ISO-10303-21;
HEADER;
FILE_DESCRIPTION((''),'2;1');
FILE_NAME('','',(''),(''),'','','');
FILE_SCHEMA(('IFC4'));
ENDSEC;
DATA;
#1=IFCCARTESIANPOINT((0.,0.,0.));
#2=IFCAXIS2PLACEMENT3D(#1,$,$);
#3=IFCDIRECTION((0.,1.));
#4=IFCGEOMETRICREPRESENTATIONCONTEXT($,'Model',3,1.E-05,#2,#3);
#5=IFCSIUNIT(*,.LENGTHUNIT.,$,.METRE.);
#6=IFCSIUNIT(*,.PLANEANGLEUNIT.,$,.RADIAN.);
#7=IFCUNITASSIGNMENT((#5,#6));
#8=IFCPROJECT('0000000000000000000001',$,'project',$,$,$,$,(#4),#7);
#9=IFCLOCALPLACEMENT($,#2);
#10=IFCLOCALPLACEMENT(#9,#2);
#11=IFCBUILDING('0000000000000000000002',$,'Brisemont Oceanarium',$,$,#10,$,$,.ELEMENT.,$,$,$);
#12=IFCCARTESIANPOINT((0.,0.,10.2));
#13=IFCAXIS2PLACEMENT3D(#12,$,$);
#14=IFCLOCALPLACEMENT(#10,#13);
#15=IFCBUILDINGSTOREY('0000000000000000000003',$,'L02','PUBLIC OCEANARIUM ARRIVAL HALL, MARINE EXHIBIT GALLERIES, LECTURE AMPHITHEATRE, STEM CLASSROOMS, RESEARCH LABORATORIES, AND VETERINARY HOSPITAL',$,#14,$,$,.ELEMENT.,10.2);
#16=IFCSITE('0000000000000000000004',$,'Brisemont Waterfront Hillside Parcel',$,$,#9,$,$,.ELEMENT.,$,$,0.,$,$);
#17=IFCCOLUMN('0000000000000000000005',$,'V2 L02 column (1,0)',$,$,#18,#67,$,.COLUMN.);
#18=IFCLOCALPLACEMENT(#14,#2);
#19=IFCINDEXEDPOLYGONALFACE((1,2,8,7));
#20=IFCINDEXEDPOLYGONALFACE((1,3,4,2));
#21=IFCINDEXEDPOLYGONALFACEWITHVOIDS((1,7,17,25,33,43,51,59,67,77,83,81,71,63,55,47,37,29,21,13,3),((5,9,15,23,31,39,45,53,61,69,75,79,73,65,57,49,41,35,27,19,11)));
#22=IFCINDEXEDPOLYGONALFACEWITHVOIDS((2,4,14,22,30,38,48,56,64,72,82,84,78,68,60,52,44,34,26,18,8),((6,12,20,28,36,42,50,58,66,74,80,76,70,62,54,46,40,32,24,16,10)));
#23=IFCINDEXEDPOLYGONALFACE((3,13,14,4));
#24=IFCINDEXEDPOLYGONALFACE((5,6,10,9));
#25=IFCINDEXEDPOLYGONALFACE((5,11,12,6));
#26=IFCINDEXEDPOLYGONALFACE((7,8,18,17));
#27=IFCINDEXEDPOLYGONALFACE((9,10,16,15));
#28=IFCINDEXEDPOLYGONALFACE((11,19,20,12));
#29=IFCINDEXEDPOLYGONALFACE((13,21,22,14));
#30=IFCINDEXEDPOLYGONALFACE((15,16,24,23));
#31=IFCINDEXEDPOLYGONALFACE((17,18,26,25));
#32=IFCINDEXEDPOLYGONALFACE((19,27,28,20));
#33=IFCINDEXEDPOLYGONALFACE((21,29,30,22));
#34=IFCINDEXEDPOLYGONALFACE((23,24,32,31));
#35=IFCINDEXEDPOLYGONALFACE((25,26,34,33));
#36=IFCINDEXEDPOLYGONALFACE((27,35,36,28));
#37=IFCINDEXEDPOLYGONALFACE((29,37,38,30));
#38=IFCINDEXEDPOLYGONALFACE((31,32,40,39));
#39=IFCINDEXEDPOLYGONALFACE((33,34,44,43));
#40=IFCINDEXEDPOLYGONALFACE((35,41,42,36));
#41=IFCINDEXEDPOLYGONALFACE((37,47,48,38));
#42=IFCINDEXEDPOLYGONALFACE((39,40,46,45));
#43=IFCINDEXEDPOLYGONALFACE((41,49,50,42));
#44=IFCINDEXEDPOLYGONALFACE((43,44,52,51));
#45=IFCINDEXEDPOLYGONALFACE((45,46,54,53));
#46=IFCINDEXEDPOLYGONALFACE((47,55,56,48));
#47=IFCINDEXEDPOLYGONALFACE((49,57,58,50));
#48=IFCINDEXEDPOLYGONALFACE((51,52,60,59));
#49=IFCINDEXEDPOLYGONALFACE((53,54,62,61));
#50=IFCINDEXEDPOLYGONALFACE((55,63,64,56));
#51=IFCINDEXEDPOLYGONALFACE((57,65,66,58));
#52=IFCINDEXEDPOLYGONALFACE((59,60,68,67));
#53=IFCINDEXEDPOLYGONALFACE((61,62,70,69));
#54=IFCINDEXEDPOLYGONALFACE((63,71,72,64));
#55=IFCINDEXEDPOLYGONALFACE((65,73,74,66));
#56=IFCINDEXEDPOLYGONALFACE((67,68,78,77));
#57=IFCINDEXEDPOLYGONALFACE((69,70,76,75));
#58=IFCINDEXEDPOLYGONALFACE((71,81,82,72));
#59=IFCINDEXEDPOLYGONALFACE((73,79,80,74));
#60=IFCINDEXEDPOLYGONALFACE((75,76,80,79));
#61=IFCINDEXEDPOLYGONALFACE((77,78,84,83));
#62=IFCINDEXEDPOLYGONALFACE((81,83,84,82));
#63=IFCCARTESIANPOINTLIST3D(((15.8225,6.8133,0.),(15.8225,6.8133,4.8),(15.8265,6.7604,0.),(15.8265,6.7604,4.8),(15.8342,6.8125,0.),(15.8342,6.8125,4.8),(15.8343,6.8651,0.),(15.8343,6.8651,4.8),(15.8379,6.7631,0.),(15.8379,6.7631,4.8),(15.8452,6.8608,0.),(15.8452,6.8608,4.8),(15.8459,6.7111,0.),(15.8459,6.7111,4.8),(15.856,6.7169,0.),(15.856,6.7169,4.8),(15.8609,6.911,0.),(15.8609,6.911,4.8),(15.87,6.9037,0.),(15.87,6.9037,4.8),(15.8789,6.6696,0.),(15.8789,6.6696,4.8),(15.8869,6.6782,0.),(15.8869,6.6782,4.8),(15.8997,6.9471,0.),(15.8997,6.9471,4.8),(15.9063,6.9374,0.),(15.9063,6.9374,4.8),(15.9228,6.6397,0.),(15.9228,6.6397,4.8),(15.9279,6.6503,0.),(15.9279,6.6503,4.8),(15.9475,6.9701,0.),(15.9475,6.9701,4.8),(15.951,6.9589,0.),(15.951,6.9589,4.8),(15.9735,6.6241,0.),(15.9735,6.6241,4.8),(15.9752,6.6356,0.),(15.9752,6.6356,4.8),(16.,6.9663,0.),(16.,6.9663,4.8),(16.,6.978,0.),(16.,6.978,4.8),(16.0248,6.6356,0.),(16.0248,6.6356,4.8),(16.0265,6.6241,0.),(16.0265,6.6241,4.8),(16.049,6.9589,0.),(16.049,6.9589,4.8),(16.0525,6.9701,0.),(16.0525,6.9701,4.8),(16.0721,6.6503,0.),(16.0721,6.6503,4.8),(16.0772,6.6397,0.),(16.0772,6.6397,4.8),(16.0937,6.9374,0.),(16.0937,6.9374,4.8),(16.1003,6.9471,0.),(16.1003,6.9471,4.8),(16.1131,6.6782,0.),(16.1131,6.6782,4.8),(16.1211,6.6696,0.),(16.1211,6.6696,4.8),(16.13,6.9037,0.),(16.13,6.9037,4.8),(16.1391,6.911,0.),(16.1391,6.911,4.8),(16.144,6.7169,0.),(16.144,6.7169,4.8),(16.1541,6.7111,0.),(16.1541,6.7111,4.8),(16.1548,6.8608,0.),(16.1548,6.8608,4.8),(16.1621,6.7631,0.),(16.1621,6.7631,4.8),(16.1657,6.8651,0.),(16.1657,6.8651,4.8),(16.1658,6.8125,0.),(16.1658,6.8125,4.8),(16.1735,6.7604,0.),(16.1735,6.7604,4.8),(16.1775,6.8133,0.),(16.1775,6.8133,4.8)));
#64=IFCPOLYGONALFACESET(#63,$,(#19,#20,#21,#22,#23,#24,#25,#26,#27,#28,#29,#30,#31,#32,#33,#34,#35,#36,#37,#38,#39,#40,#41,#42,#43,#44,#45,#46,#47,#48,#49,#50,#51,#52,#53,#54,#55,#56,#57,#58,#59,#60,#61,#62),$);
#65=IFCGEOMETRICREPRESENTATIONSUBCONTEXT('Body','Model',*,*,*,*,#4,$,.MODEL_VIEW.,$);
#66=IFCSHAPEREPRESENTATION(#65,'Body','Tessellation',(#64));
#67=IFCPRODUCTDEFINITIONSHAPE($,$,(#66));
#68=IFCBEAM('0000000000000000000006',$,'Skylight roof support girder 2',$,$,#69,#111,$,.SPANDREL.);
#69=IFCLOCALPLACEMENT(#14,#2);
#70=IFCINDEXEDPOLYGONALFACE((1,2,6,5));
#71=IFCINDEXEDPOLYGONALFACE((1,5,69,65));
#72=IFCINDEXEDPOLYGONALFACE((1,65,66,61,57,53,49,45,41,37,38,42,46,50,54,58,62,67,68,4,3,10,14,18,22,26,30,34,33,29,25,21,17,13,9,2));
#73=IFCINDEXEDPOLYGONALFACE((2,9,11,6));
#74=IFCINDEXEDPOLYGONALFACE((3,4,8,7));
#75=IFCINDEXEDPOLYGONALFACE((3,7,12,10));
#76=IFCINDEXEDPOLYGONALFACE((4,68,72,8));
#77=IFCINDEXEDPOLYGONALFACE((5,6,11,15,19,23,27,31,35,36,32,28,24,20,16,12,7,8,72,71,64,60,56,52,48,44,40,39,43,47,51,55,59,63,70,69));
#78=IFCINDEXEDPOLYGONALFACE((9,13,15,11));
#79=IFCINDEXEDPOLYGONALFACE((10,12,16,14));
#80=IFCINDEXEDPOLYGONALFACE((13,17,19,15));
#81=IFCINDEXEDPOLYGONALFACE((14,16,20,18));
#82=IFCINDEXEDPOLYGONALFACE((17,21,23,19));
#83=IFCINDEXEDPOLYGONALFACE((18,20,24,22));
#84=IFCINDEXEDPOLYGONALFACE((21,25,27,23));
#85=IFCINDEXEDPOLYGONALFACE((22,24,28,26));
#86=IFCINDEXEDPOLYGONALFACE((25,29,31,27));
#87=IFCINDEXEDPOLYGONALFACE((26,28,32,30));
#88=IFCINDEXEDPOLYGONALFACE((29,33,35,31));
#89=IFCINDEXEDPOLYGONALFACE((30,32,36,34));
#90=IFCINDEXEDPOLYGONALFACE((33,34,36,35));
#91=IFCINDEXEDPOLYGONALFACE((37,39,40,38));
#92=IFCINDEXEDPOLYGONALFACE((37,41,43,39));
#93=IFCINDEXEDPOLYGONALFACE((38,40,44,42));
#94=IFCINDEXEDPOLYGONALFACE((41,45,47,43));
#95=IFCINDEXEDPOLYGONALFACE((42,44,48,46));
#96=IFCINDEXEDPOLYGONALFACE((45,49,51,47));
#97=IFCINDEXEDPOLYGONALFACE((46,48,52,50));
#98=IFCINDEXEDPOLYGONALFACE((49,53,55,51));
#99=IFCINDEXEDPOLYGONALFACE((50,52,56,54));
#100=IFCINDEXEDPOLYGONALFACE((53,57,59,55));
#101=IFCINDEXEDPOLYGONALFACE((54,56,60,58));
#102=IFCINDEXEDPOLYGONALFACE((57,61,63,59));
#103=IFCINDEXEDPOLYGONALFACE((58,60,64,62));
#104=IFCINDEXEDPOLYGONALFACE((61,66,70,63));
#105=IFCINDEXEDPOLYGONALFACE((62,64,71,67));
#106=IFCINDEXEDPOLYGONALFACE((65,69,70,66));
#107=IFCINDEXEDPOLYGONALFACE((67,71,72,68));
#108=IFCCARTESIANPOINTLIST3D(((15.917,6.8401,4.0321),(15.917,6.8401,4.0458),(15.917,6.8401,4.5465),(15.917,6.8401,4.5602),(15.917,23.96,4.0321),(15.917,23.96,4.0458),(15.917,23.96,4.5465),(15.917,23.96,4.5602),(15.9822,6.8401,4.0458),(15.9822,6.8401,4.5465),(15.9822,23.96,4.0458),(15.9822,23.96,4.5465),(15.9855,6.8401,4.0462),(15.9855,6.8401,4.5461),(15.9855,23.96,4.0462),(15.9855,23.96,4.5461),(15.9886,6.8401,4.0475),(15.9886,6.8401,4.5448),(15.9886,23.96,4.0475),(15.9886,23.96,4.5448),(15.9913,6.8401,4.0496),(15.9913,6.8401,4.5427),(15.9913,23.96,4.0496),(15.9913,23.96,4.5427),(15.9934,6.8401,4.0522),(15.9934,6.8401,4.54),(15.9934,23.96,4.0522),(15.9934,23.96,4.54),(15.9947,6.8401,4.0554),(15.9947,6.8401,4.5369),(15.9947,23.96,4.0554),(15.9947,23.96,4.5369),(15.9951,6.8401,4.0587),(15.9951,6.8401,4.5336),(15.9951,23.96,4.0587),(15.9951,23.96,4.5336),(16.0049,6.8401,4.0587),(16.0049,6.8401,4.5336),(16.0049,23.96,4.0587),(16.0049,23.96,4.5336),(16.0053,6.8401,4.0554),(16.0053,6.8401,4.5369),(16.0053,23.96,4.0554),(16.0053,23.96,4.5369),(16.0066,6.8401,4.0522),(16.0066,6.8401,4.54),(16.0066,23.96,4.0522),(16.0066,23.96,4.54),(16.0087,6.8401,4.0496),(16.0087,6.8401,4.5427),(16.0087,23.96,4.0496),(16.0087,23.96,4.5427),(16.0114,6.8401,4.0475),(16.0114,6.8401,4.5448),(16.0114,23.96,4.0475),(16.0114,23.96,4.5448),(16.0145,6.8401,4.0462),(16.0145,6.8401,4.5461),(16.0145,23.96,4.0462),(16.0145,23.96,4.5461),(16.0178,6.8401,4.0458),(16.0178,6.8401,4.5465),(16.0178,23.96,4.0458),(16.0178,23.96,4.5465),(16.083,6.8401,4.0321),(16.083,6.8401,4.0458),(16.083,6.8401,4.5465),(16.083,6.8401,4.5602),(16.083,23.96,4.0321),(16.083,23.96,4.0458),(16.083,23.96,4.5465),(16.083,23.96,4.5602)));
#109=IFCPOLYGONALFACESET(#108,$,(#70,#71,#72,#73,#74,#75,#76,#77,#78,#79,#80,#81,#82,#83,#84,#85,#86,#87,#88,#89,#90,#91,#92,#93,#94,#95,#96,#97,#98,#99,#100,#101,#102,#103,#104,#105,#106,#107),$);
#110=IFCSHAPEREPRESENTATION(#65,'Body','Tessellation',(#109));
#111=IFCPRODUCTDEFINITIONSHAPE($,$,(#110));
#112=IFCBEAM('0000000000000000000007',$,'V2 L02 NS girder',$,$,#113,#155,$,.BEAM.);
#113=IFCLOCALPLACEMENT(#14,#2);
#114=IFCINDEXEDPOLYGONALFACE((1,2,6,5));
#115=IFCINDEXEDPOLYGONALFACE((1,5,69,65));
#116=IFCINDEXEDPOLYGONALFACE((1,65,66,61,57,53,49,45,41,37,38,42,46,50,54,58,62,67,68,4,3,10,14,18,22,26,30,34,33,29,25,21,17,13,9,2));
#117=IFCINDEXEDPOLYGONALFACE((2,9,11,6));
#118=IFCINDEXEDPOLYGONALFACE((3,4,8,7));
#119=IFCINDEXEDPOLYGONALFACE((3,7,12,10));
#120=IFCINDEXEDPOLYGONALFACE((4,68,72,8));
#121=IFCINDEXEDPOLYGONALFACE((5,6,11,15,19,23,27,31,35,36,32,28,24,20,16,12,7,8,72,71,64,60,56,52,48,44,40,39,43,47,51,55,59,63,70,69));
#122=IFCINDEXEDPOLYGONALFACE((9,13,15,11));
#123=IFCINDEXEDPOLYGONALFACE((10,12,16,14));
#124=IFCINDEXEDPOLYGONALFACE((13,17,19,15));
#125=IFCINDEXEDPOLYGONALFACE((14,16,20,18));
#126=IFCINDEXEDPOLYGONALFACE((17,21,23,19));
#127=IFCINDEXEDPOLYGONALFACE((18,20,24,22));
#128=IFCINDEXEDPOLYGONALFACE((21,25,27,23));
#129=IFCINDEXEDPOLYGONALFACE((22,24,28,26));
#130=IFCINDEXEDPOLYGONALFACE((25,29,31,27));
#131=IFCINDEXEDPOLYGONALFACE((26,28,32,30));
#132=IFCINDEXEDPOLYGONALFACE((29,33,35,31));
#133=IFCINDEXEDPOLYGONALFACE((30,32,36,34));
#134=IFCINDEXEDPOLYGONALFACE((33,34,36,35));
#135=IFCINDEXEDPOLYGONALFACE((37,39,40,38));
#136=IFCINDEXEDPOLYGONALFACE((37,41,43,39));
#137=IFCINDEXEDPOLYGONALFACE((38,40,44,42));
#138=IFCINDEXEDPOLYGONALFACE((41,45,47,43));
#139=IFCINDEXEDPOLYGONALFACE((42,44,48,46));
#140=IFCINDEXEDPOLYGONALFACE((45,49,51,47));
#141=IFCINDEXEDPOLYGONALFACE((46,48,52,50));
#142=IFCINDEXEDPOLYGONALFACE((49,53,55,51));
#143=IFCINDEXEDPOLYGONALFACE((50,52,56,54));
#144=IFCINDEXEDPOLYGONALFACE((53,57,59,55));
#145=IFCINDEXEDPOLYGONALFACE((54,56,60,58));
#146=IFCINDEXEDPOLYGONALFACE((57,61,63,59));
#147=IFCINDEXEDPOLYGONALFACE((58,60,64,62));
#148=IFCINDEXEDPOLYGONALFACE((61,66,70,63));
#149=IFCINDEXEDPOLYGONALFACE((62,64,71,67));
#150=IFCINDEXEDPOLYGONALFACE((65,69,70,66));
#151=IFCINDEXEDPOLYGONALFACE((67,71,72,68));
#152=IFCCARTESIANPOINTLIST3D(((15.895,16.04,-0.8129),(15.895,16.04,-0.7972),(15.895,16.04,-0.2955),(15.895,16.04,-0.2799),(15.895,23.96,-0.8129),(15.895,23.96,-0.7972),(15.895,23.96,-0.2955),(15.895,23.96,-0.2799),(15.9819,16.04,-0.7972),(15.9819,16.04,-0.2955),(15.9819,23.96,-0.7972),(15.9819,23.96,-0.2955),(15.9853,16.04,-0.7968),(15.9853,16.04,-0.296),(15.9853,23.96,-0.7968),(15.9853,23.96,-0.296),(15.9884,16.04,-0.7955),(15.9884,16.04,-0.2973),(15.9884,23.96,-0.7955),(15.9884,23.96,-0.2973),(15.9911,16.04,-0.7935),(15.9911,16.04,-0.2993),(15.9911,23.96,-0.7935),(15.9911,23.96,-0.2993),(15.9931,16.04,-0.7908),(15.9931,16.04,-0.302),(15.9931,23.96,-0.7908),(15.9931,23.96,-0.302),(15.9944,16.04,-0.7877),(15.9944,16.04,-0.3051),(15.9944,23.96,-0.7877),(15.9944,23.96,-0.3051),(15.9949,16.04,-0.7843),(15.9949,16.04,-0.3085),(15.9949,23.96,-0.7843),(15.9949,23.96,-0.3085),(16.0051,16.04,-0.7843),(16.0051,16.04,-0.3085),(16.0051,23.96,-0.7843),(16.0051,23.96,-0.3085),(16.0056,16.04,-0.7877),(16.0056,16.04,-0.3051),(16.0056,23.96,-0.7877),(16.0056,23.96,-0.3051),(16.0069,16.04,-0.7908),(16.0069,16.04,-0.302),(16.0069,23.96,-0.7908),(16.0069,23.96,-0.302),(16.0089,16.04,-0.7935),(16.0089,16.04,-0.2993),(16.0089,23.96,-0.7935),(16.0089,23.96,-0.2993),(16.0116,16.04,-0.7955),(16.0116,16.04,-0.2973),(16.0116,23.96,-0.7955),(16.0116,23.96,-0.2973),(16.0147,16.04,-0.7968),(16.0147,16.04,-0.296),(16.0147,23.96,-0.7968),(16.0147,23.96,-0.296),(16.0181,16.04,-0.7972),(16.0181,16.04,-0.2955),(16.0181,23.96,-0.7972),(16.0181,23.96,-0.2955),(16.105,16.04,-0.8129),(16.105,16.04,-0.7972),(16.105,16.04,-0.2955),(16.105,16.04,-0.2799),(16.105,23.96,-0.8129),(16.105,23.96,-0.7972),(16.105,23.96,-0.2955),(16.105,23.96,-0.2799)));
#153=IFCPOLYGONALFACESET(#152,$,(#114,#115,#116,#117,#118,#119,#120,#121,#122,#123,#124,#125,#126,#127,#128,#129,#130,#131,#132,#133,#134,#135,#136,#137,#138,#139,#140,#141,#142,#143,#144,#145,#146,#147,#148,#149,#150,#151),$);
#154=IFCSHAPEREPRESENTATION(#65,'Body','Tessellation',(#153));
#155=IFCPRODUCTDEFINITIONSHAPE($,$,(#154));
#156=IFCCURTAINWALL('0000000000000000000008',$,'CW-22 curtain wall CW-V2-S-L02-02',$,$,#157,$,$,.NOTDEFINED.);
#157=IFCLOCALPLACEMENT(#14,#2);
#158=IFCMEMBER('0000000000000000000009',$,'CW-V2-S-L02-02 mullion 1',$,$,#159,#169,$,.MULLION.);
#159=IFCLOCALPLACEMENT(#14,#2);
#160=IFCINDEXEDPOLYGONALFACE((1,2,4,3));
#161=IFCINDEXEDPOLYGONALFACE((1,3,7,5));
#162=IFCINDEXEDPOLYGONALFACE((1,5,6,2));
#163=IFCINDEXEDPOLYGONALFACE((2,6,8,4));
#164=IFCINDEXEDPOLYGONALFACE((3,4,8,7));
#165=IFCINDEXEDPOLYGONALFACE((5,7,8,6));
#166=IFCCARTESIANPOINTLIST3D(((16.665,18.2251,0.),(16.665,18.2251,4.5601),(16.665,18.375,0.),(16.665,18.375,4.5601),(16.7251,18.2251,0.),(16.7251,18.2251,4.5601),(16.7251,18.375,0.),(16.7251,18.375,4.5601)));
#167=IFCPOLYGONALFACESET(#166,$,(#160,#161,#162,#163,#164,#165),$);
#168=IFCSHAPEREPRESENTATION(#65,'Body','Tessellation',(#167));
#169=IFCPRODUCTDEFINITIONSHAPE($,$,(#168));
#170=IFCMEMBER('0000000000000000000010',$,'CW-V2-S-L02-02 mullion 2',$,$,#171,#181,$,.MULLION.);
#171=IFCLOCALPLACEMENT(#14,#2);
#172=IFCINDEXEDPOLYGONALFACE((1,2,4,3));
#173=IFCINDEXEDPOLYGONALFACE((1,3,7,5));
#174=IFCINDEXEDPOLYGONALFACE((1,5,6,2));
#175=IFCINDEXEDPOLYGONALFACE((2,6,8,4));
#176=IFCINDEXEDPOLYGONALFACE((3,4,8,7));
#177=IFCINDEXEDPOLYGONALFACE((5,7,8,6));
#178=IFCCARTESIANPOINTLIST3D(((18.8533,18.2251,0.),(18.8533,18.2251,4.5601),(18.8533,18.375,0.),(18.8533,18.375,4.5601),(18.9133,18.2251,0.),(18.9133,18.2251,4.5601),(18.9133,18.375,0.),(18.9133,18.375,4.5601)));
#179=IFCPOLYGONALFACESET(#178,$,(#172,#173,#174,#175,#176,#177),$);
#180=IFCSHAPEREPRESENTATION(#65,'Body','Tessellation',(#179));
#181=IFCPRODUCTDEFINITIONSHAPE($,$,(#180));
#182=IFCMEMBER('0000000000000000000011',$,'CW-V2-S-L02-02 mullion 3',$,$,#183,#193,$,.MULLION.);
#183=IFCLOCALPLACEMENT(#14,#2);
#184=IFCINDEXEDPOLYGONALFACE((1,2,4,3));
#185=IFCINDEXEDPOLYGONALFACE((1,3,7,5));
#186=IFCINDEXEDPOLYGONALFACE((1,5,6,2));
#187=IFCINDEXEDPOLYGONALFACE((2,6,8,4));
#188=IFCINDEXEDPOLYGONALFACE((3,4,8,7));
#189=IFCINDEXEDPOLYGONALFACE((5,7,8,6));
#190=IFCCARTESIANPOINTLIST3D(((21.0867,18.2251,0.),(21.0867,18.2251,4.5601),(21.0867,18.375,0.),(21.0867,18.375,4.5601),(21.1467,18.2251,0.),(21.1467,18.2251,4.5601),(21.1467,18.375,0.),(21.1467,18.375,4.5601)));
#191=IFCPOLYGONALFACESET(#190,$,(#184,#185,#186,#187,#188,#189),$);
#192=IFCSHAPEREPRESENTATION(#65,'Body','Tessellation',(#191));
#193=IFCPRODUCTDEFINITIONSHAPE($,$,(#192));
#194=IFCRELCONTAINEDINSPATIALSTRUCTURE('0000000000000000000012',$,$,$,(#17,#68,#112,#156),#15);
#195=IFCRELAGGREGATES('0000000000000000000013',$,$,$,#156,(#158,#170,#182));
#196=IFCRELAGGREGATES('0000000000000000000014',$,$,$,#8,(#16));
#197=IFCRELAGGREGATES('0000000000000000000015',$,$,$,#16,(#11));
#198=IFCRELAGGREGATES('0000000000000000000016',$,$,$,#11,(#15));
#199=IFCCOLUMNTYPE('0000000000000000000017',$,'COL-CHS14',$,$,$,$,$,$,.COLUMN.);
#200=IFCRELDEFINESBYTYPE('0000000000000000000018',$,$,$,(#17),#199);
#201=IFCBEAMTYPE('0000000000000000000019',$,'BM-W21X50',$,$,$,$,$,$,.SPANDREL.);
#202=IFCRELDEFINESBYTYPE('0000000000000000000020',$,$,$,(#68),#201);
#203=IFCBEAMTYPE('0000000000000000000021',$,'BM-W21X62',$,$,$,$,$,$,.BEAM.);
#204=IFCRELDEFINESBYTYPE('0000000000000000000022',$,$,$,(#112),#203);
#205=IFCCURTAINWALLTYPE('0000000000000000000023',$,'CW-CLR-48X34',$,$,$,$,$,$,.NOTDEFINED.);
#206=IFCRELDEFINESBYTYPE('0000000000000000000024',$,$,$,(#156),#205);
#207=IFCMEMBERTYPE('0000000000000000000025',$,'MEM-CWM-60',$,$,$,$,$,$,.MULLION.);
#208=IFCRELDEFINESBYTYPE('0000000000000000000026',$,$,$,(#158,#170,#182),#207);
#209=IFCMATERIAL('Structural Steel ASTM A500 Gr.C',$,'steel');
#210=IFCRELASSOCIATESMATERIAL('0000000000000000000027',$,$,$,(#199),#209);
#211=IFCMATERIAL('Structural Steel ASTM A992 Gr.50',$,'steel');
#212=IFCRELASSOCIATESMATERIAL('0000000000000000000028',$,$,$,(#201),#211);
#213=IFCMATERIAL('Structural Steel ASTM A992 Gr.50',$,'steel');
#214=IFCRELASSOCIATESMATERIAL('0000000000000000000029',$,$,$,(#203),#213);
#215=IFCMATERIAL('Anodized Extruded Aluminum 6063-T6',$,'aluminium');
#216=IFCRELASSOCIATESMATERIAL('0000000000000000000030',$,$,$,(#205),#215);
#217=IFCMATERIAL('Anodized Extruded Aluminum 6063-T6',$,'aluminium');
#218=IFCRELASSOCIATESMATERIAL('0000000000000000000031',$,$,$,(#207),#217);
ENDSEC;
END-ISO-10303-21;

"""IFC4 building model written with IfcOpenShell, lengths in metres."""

from ifc_helpers import new_model, si_unit, direction, frame, origin, origin_2d, place, context, subcontext, project, spatial, rectangle, hollow_circle, i_section, extrude, material, material_profile, profile_set, type_object, element, aggregate, save


model = new_model("IFC4")

# Units and contexts
model_context = context("Model", 3, precision=1e-05, world=origin(), true_north=direction((0.0, 1.0)))
body_context = subcontext(model_context, "Body", "Model", "MODEL_VIEW")
ifc_project = project(units=[si_unit("LENGTHUNIT", "METRE"), si_unit("PLANEANGLEUNIT", "RADIAN")], contexts=[model_context])

# Site, building, storey
site_placement = place(None, origin())
site = spatial("IfcSite", under=ifc_project, at=site_placement, Name="Brisemont Waterfront Hillside Parcel", CompositionType="ELEMENT", RefElevation=0.0)
building_placement = place(site_placement, origin())
building = spatial("IfcBuilding", under=site, at=building_placement, Name="Brisemont Oceanarium", CompositionType="ELEMENT")
storey_placement = place(building_placement, frame((0.0, 0.0, 10.2)))
storey = spatial("IfcBuildingStorey", under=building, at=storey_placement, Name="L02", Description="PUBLIC OCEANARIUM ARRIVAL HALL, MARINE EXHIBIT GALLERIES, LECTURE AMPHITHEATRE, STEM CLASSROOMS, RESEARCH LABORATORIES, AND VETERINARY HOSPITAL", CompositionType="ELEMENT", Elevation=10.2)

# Column
ifc_material_1 = material(Name="Structural Steel ASTM A500 Gr.C", Category="steel")
ifc_material_profile_1 = material_profile(ifc_material_1, hollow_circle(Radius=0.178, WallThickness=0.0117, at=origin_2d()), Name="HSS14.000X0.500")
ifc_profile_set_1 = profile_set([ifc_material_profile_1], Name="Structural Steel ASTM A500 Gr.C")
column_type = type_object("IfcColumnType", Name="COL-CHS14", PredefinedType="COLUMN", material=ifc_profile_set_1)
column_placement = place(storey_placement, frame((16.0, 6.8, 0.0), z_axis=(0.0, 0.0, 1.0), x_axis=(0.0, 1.0, 0.0)))
element("IfcColumn", 1, at=column_placement, inside=storey, type_object=column_type, Name="V2 L02 column (1,0)", PredefinedType="COLUMN", context=body_context, shape_type="SweptSolid", body=[
    extrude(hollow_circle(Radius=0.178, WallThickness=0.0117, at=origin_2d()), origin(), (0.0, 0.0, 1.0), 4.8),
])

# Beams
ifc_material_2 = material(Name="Structural Steel ASTM A992 Gr.50", Category="steel")
ifc_material_profile_2 = material_profile(ifc_material_2, i_section(OverallWidth=0.166, OverallDepth=0.5281, WebThickness=0.0098, FlangeThickness=0.0137, FilletRadius=0.0129, at=origin_2d()), Name="W21X50")
ifc_profile_set_2 = profile_set([ifc_material_profile_2], Name="Structural Steel ASTM A992 Gr.50")
beam_type_1 = type_object("IfcBeamType", Name="BM-W21X50", PredefinedType="SPANDREL", material=ifc_profile_set_2)
beam_1_placement = place(storey_placement, frame((16.0, 6.8401, 4.2961), z_axis=(0.0, 1.0, 0.0), x_axis=(-1.0, 0.0, 0.0)))
element("IfcBeam", 2, at=beam_1_placement, inside=storey, type_object=beam_type_1, Name="Skylight roof support girder 2", PredefinedType="SPANDREL", context=body_context, shape_type="SweptSolid", body=[
    extrude(i_section(OverallWidth=0.166, OverallDepth=0.5281, WebThickness=0.0098, FlangeThickness=0.0137, FilletRadius=0.0129, at=origin_2d()), origin(), (0.0, 0.0, 1.0), 17.1199),
])
ifc_material_3 = material(Name="Structural Steel ASTM A992 Gr.50", Category="steel")
ifc_material_profile_3 = material_profile(ifc_material_3, i_section(OverallWidth=0.21, OverallDepth=0.533, WebThickness=0.0103, FlangeThickness=0.0156, FilletRadius=0.0129, at=origin_2d()), Name="W21X62")
ifc_profile_set_3 = profile_set([ifc_material_profile_3], Name="Structural Steel ASTM A992 Gr.50")
beam_type_2 = type_object("IfcBeamType", Name="BM-W21X62", PredefinedType="BEAM", material=ifc_profile_set_3)
beam_2_placement = place(storey_placement, frame((16.0, 16.04, -0.5464), z_axis=(0.0, 1.0, 0.0), x_axis=(-1.0, 0.0, 0.0)))
element("IfcBeam", 3, at=beam_2_placement, inside=storey, type_object=beam_type_2, Name="V2 L02 NS girder", PredefinedType="BEAM", context=body_context, shape_type="SweptSolid", body=[
    extrude(i_section(OverallWidth=0.21, OverallDepth=0.533, WebThickness=0.0103, FlangeThickness=0.0156, FilletRadius=0.0129, at=origin_2d()), origin(), (0.0, 0.0, 1.0), 7.9199),
])

# Curtain wall, members
ifc_material_4 = material(Name="Anodized Extruded Aluminum 6063-T6", Category="aluminium")
curtain_wall_type = type_object("IfcCurtainWallType", Name="CW-CLR-48X34", PredefinedType="NOTDEFINED", material=ifc_material_4)
curtain_wall_placement = place(storey_placement, origin())
curtain_wall = element("IfcCurtainWall", 4, at=curtain_wall_placement, inside=storey, type_object=curtain_wall_type, Name="CW-22 curtain wall CW-V2-S-L02-02", PredefinedType="NOTDEFINED")
ifc_material_5 = material(Name="Anodized Extruded Aluminum 6063-T6", Category="aluminium")
ifc_material_profile_4 = material_profile(ifc_material_5, rectangle(XDim=0.0601, YDim=0.1499, at=origin_2d()), Name="CWM-60X150")
ifc_profile_set_4 = profile_set([ifc_material_profile_4], Name="Anodized Extruded Aluminum 6063-T6")
member_type_1 = type_object("IfcMemberType", Name="MEM-CWM-60", PredefinedType="MULLION", material=ifc_profile_set_4)
member_1_placement = place(storey_placement, frame((16.6951, 18.3, 0.0), z_axis=(0.0, 0.0, 1.0), x_axis=(1.0, 0.0, 0.0)))
member_1 = element("IfcMember", 5, at=member_1_placement, type_object=member_type_1, Name="CW-V2-S-L02-02 mullion 1", PredefinedType="MULLION", context=body_context, shape_type="SweptSolid", body=[
    extrude(rectangle(XDim=0.0601, YDim=0.1499, at=origin_2d()), origin(), (0.0, 0.0, 1.0), 4.5601),
])
member_2_placement = place(storey_placement, frame((18.8833, 18.3, 0.0), z_axis=(0.0, 0.0, 1.0), x_axis=(1.0, 0.0, 0.0)))
member_2 = element("IfcMember", 6, at=member_2_placement, type_object=member_type_1, Name="CW-V2-S-L02-02 mullion 2", PredefinedType="MULLION", context=body_context, shape_type="SweptSolid", body=[
    extrude(rectangle(XDim=0.0601, YDim=0.1499, at=origin_2d()), origin(), (0.0, 0.0, 1.0), 4.5601),
])
member_3_placement = place(storey_placement, frame((21.1167, 18.3, 0.0), z_axis=(0.0, 0.0, 1.0), x_axis=(1.0, 0.0, 0.0)))
member_3 = element("IfcMember", 7, at=member_3_placement, type_object=member_type_1, Name="CW-V2-S-L02-02 mullion 3", PredefinedType="MULLION", context=body_context, shape_type="SweptSolid", body=[
    extrude(rectangle(XDim=0.0601, YDim=0.1499, at=origin_2d()), origin(), (0.0, 0.0, 1.0), 4.5601),
])

aggregate(curtain_wall, [member_1, member_2, member_3])

save(model, "model.ifc")
